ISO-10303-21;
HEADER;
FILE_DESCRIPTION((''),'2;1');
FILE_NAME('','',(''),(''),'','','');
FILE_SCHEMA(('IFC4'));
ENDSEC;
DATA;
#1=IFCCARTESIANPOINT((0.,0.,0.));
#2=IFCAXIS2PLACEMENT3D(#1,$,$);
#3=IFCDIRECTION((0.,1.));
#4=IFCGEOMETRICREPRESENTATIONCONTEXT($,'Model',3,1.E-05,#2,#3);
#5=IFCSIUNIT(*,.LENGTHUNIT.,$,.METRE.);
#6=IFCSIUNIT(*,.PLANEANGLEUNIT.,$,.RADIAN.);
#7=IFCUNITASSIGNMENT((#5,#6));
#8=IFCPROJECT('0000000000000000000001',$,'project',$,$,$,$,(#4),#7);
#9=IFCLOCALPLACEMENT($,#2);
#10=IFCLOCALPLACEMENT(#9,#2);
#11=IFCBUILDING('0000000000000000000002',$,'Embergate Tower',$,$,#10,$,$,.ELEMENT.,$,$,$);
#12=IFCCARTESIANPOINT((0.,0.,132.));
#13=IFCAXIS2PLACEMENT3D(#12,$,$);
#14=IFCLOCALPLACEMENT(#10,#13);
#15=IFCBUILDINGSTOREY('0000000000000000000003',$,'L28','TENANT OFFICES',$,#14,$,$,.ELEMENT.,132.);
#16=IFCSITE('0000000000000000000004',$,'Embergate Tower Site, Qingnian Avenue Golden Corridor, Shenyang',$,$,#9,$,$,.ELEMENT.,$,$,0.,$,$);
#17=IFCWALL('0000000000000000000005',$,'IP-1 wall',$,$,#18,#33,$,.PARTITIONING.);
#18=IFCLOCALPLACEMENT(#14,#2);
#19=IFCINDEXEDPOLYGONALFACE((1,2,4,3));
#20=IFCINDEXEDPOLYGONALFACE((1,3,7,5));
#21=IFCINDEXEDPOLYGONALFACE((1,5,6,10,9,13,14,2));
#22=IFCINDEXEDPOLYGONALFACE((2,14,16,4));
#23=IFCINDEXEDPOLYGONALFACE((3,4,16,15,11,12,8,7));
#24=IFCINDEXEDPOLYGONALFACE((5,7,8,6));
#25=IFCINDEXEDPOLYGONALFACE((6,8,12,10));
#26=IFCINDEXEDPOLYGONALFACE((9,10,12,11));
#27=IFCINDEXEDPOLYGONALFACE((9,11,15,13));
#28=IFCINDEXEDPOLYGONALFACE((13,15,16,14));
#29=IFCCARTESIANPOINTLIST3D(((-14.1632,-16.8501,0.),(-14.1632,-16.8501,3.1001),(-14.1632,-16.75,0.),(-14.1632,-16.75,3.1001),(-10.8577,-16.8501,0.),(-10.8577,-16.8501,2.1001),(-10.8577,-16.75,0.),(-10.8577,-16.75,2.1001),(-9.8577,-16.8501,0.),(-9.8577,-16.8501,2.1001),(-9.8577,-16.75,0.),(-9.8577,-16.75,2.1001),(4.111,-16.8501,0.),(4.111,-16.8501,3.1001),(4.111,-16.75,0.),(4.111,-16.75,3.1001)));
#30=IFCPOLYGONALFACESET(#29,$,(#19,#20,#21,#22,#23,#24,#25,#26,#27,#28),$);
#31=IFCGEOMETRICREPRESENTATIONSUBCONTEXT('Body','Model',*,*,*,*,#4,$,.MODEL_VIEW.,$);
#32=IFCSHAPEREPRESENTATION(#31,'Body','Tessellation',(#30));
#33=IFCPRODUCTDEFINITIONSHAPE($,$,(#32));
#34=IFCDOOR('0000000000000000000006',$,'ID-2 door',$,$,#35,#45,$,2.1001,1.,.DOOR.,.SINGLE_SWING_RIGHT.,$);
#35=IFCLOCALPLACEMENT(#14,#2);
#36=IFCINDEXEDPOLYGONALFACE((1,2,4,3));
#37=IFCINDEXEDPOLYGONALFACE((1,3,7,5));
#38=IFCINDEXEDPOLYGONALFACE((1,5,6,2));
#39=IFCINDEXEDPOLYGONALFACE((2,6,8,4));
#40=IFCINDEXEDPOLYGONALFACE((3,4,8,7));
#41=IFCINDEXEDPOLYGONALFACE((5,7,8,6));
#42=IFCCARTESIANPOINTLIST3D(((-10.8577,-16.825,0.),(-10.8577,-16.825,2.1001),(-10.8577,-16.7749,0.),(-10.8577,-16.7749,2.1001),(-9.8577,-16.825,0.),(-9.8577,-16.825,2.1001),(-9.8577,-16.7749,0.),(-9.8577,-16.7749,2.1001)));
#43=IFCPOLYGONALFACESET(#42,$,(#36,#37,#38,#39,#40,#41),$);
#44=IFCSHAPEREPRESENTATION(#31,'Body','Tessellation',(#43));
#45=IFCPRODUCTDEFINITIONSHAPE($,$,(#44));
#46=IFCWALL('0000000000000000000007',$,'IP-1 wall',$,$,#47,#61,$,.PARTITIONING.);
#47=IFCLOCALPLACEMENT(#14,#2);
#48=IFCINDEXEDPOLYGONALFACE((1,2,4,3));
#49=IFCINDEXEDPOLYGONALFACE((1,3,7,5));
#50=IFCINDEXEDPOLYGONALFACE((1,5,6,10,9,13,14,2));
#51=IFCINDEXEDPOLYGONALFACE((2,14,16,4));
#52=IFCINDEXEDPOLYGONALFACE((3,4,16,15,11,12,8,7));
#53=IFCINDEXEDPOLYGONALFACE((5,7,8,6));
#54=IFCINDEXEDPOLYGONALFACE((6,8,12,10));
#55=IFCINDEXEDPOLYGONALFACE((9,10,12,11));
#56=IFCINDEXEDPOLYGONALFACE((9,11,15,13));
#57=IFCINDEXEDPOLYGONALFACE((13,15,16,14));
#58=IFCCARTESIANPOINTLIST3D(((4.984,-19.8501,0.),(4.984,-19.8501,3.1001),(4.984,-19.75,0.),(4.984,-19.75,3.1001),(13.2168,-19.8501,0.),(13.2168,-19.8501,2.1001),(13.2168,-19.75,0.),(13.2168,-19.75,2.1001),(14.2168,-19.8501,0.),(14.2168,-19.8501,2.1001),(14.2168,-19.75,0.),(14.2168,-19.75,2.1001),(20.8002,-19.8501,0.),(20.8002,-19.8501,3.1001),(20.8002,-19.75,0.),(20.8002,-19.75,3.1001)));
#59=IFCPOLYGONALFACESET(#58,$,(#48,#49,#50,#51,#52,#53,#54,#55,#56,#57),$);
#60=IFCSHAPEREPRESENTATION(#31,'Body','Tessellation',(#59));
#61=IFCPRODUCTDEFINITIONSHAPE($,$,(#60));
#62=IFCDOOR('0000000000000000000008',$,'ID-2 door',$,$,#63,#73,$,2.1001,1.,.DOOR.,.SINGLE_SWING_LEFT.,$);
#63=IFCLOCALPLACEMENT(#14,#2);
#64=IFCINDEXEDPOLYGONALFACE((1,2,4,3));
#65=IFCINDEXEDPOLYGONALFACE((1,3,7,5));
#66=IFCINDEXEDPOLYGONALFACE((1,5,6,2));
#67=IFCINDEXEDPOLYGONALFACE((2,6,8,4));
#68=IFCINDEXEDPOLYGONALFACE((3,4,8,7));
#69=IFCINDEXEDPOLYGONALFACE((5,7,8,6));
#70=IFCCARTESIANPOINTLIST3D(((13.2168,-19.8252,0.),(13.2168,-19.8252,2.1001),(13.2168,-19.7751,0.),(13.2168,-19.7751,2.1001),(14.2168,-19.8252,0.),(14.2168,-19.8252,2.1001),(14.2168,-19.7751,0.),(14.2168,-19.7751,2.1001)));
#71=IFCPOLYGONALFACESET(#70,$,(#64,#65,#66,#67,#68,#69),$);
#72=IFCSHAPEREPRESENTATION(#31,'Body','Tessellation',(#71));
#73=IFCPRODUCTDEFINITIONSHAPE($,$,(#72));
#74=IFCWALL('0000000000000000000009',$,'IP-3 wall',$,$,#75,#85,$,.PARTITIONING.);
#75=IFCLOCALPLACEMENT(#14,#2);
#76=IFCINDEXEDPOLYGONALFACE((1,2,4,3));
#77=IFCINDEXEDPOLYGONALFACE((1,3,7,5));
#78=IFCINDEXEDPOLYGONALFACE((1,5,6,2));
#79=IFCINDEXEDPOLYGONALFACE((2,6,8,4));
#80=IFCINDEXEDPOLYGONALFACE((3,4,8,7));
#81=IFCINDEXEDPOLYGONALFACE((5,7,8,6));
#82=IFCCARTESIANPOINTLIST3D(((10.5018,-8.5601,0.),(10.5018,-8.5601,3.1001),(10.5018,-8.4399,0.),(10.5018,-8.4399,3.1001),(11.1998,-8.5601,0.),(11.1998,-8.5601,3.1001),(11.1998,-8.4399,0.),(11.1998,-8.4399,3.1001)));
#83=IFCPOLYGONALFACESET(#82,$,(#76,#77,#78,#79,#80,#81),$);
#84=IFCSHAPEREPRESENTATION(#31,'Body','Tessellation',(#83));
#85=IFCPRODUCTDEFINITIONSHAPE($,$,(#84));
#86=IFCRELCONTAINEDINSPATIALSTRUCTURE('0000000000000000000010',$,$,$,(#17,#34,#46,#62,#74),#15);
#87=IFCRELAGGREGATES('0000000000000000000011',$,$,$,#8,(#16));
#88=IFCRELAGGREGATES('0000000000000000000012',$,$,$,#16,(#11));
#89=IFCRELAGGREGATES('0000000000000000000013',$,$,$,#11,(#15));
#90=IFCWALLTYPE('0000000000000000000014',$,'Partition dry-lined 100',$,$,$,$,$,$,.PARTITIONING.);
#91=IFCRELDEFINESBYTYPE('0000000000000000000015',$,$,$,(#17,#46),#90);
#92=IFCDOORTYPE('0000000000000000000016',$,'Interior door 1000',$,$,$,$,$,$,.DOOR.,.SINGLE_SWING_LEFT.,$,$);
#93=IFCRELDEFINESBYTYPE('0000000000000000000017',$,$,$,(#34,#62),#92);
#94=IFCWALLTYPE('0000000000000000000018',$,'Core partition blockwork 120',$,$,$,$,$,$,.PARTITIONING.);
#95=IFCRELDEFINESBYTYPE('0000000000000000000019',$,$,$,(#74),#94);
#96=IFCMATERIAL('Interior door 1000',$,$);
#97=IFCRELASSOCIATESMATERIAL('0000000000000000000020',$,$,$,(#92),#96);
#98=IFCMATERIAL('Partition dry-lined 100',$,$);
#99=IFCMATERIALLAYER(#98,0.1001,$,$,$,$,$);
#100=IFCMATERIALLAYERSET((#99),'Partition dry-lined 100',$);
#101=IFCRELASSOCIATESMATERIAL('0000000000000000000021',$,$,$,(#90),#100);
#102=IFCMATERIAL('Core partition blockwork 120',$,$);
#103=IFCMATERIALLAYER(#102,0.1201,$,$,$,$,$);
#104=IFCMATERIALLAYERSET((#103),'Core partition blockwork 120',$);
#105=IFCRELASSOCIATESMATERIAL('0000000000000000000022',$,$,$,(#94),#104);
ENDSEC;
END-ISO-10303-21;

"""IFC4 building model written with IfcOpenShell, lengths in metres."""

from ifc_helpers import new_model, si_unit, direction, frame, frame_2d, origin, place, context, subcontext, project, spatial, rectangle, extrude, source, transform, mapped, material, layer, layer_set, type_object, element, fill, save


model = new_model("IFC4")

# Units and contexts
model_context = context("Model", 3, precision=1e-05, world=origin(), true_north=direction((0.0, 1.0)))
body_context = subcontext(model_context, "Body", "Model", "MODEL_VIEW")
ifc_project = project(units=[si_unit("LENGTHUNIT", "METRE"), si_unit("PLANEANGLEUNIT", "RADIAN")], contexts=[model_context])

# Site, building, storey
site_placement = place(None, origin())
site = spatial("IfcSite", under=ifc_project, at=site_placement, Name="Embergate Tower Site, Qingnian Avenue Golden Corridor, Shenyang", CompositionType="ELEMENT", RefElevation=0.0)
building_placement = place(site_placement, origin())
building = spatial("IfcBuilding", under=site, at=building_placement, Name="Embergate Tower", CompositionType="ELEMENT")
storey_placement = place(building_placement, frame((0.0, 0.0, 132.0)))
storey = spatial("IfcBuildingStorey", under=building, at=storey_placement, Name="L28", Description="TENANT OFFICES", CompositionType="ELEMENT", Elevation=132.0)

# Shared definitions
shared_shape_1 = source(origin(), body_context, "Body", "SweptSolid", [
    extrude(rectangle(XDim=1.0, YDim=2.1001, at=frame_2d((0.5, 1.05))), frame((0.0, 0.0249, 0.0), z_axis=(0.0, -1.0, 0.0), x_axis=(1.0, 0.0, 0.0)), (0.0, 0.0, 1.0), 0.05),
])
ifc_material_1 = material(Name="Interior door 1000")
door_type_1 = type_object("IfcDoorType", Name="Interior door 1000", OperationType="SINGLE_SWING_LEFT", PredefinedType="DOOR", material=ifc_material_1)

# Walls, openings, doors
ifc_material_2 = material(Name="Partition dry-lined 100")
ifc_layer_1 = layer(ifc_material_2, 0.1001)
ifc_layer_set_1 = layer_set([ifc_layer_1], Name="Partition dry-lined 100")
wall_type_1 = type_object("IfcWallType", Name="Partition dry-lined 100", PredefinedType="PARTITIONING", material=ifc_layer_set_1)
shared_shape_2 = source(origin(), body_context, "Body", "SweptSolid", [
    extrude(rectangle(XDim=18.2742, YDim=0.1001, at=frame_2d((9.1372, 0.0))), origin(), (0.0, 0.0, 1.0), 3.1001),
])
wall_1_placement = place(storey_placement, frame((4.1111, -16.8, 0.0), z_axis=(0.0, 0.0, 1.0), x_axis=(-1.0, 0.0, 0.0)))
wall_1 = element("IfcWall", 1, at=wall_1_placement, inside=storey, type_object=wall_type_1, Name="IP-1 wall", PredefinedType="PARTITIONING", context=body_context, shape_type="MappedRepresentation", body=[
    mapped(shared_shape_2, transform((0.0, 0.0, 0.0))),
])
shared_shape_3 = source(origin(), body_context, "Body", "SweptSolid", [
    extrude(rectangle(XDim=1.0, YDim=2.1001, at=frame_2d((0.5, 1.05))), frame((0.0, 0.0601, 0.0), z_axis=(0.0, -1.0, 0.0), x_axis=(1.0, 0.0, 0.0)), (0.0, 0.0, 1.0), 0.1201),
])
opening_1_placement = place(wall_1_placement, frame((13.9688, 0.0, 0.0)))
opening_1 = element("IfcOpeningElement", 2, at=opening_1_placement, cuts=wall_1, PredefinedType="OPENING", context=body_context, shape_type="MappedRepresentation", body=[
    mapped(shared_shape_3, transform((0.0, 0.0, 0.0))),
])
door_1_placement = place(opening_1_placement, origin())
door_1 = element("IfcDoor", 3, at=door_1_placement, inside=storey, type_object=door_type_1, Name="ID-2 door", OperationType="SINGLE_SWING_RIGHT", OverallHeight=2.1001, OverallWidth=1.0, PredefinedType="DOOR", context=body_context, shape_type="MappedRepresentation", body=[
    mapped(shared_shape_1, transform((0.0, 0.0, 0.0))),
])
fill(opening_1, door_1)
shared_shape_4 = source(origin(), body_context, "Body", "SweptSolid", [
    extrude(rectangle(XDim=15.8162, YDim=0.1001, at=frame_2d((7.9082, 0.0))), origin(), (0.0, 0.0, 1.0), 3.1001),
])
wall_2_placement = place(storey_placement, frame((4.9839, -19.8, 0.0), z_axis=(0.0, 0.0, 1.0), x_axis=(1.0, 0.0, 0.0)))
wall_2 = element("IfcWall", 4, at=wall_2_placement, inside=storey, type_object=wall_type_1, Name="IP-1 wall", PredefinedType="PARTITIONING", context=body_context, shape_type="MappedRepresentation", body=[
    mapped(shared_shape_4, transform((0.0, 0.0, 0.0))),
])
opening_2_placement = place(wall_2_placement, frame((8.2329, 0.0, 0.0)))
opening_2 = element("IfcOpeningElement", 5, at=opening_2_placement, cuts=wall_2, PredefinedType="OPENING", context=body_context, shape_type="MappedRepresentation", body=[
    mapped(shared_shape_3, transform((0.0, 0.0, 0.0))),
])
door_2_placement = place(opening_2_placement, origin())
door_2 = element("IfcDoor", 6, at=door_2_placement, inside=storey, type_object=door_type_1, Name="ID-2 door", OperationType="SINGLE_SWING_LEFT", OverallHeight=2.1001, OverallWidth=1.0, PredefinedType="DOOR", context=body_context, shape_type="MappedRepresentation", body=[
    mapped(shared_shape_1, transform((0.0, 0.0, 0.0))),
])
fill(opening_2, door_2)

# Wall
ifc_material_3 = material(Name="Core partition blockwork 120")
ifc_layer_2 = layer(ifc_material_3, 0.1201)
ifc_layer_set_2 = layer_set([ifc_layer_2], Name="Core partition blockwork 120")
wall_type_2 = type_object("IfcWallType", Name="Core partition blockwork 120", PredefinedType="PARTITIONING", material=ifc_layer_set_2)
shared_shape_5 = source(origin(), body_context, "Body", "SweptSolid", [
    extrude(rectangle(XDim=0.698, YDim=0.1201, at=frame_2d((0.3491, 0.0))), origin(), (0.0, 0.0, 1.0), 3.1001),
])
wall_3_placement = place(storey_placement, frame((11.2, -8.5, 0.0), z_axis=(0.0, 0.0, 1.0), x_axis=(-1.0, 0.0, 0.0)))
element("IfcWall", 7, at=wall_3_placement, inside=storey, type_object=wall_type_2, Name="IP-3 wall", PredefinedType="PARTITIONING", context=body_context, shape_type="MappedRepresentation", body=[
    mapped(shared_shape_5, transform((0.0, 0.0, 0.0))),
])

save(model, "model.ifc")
